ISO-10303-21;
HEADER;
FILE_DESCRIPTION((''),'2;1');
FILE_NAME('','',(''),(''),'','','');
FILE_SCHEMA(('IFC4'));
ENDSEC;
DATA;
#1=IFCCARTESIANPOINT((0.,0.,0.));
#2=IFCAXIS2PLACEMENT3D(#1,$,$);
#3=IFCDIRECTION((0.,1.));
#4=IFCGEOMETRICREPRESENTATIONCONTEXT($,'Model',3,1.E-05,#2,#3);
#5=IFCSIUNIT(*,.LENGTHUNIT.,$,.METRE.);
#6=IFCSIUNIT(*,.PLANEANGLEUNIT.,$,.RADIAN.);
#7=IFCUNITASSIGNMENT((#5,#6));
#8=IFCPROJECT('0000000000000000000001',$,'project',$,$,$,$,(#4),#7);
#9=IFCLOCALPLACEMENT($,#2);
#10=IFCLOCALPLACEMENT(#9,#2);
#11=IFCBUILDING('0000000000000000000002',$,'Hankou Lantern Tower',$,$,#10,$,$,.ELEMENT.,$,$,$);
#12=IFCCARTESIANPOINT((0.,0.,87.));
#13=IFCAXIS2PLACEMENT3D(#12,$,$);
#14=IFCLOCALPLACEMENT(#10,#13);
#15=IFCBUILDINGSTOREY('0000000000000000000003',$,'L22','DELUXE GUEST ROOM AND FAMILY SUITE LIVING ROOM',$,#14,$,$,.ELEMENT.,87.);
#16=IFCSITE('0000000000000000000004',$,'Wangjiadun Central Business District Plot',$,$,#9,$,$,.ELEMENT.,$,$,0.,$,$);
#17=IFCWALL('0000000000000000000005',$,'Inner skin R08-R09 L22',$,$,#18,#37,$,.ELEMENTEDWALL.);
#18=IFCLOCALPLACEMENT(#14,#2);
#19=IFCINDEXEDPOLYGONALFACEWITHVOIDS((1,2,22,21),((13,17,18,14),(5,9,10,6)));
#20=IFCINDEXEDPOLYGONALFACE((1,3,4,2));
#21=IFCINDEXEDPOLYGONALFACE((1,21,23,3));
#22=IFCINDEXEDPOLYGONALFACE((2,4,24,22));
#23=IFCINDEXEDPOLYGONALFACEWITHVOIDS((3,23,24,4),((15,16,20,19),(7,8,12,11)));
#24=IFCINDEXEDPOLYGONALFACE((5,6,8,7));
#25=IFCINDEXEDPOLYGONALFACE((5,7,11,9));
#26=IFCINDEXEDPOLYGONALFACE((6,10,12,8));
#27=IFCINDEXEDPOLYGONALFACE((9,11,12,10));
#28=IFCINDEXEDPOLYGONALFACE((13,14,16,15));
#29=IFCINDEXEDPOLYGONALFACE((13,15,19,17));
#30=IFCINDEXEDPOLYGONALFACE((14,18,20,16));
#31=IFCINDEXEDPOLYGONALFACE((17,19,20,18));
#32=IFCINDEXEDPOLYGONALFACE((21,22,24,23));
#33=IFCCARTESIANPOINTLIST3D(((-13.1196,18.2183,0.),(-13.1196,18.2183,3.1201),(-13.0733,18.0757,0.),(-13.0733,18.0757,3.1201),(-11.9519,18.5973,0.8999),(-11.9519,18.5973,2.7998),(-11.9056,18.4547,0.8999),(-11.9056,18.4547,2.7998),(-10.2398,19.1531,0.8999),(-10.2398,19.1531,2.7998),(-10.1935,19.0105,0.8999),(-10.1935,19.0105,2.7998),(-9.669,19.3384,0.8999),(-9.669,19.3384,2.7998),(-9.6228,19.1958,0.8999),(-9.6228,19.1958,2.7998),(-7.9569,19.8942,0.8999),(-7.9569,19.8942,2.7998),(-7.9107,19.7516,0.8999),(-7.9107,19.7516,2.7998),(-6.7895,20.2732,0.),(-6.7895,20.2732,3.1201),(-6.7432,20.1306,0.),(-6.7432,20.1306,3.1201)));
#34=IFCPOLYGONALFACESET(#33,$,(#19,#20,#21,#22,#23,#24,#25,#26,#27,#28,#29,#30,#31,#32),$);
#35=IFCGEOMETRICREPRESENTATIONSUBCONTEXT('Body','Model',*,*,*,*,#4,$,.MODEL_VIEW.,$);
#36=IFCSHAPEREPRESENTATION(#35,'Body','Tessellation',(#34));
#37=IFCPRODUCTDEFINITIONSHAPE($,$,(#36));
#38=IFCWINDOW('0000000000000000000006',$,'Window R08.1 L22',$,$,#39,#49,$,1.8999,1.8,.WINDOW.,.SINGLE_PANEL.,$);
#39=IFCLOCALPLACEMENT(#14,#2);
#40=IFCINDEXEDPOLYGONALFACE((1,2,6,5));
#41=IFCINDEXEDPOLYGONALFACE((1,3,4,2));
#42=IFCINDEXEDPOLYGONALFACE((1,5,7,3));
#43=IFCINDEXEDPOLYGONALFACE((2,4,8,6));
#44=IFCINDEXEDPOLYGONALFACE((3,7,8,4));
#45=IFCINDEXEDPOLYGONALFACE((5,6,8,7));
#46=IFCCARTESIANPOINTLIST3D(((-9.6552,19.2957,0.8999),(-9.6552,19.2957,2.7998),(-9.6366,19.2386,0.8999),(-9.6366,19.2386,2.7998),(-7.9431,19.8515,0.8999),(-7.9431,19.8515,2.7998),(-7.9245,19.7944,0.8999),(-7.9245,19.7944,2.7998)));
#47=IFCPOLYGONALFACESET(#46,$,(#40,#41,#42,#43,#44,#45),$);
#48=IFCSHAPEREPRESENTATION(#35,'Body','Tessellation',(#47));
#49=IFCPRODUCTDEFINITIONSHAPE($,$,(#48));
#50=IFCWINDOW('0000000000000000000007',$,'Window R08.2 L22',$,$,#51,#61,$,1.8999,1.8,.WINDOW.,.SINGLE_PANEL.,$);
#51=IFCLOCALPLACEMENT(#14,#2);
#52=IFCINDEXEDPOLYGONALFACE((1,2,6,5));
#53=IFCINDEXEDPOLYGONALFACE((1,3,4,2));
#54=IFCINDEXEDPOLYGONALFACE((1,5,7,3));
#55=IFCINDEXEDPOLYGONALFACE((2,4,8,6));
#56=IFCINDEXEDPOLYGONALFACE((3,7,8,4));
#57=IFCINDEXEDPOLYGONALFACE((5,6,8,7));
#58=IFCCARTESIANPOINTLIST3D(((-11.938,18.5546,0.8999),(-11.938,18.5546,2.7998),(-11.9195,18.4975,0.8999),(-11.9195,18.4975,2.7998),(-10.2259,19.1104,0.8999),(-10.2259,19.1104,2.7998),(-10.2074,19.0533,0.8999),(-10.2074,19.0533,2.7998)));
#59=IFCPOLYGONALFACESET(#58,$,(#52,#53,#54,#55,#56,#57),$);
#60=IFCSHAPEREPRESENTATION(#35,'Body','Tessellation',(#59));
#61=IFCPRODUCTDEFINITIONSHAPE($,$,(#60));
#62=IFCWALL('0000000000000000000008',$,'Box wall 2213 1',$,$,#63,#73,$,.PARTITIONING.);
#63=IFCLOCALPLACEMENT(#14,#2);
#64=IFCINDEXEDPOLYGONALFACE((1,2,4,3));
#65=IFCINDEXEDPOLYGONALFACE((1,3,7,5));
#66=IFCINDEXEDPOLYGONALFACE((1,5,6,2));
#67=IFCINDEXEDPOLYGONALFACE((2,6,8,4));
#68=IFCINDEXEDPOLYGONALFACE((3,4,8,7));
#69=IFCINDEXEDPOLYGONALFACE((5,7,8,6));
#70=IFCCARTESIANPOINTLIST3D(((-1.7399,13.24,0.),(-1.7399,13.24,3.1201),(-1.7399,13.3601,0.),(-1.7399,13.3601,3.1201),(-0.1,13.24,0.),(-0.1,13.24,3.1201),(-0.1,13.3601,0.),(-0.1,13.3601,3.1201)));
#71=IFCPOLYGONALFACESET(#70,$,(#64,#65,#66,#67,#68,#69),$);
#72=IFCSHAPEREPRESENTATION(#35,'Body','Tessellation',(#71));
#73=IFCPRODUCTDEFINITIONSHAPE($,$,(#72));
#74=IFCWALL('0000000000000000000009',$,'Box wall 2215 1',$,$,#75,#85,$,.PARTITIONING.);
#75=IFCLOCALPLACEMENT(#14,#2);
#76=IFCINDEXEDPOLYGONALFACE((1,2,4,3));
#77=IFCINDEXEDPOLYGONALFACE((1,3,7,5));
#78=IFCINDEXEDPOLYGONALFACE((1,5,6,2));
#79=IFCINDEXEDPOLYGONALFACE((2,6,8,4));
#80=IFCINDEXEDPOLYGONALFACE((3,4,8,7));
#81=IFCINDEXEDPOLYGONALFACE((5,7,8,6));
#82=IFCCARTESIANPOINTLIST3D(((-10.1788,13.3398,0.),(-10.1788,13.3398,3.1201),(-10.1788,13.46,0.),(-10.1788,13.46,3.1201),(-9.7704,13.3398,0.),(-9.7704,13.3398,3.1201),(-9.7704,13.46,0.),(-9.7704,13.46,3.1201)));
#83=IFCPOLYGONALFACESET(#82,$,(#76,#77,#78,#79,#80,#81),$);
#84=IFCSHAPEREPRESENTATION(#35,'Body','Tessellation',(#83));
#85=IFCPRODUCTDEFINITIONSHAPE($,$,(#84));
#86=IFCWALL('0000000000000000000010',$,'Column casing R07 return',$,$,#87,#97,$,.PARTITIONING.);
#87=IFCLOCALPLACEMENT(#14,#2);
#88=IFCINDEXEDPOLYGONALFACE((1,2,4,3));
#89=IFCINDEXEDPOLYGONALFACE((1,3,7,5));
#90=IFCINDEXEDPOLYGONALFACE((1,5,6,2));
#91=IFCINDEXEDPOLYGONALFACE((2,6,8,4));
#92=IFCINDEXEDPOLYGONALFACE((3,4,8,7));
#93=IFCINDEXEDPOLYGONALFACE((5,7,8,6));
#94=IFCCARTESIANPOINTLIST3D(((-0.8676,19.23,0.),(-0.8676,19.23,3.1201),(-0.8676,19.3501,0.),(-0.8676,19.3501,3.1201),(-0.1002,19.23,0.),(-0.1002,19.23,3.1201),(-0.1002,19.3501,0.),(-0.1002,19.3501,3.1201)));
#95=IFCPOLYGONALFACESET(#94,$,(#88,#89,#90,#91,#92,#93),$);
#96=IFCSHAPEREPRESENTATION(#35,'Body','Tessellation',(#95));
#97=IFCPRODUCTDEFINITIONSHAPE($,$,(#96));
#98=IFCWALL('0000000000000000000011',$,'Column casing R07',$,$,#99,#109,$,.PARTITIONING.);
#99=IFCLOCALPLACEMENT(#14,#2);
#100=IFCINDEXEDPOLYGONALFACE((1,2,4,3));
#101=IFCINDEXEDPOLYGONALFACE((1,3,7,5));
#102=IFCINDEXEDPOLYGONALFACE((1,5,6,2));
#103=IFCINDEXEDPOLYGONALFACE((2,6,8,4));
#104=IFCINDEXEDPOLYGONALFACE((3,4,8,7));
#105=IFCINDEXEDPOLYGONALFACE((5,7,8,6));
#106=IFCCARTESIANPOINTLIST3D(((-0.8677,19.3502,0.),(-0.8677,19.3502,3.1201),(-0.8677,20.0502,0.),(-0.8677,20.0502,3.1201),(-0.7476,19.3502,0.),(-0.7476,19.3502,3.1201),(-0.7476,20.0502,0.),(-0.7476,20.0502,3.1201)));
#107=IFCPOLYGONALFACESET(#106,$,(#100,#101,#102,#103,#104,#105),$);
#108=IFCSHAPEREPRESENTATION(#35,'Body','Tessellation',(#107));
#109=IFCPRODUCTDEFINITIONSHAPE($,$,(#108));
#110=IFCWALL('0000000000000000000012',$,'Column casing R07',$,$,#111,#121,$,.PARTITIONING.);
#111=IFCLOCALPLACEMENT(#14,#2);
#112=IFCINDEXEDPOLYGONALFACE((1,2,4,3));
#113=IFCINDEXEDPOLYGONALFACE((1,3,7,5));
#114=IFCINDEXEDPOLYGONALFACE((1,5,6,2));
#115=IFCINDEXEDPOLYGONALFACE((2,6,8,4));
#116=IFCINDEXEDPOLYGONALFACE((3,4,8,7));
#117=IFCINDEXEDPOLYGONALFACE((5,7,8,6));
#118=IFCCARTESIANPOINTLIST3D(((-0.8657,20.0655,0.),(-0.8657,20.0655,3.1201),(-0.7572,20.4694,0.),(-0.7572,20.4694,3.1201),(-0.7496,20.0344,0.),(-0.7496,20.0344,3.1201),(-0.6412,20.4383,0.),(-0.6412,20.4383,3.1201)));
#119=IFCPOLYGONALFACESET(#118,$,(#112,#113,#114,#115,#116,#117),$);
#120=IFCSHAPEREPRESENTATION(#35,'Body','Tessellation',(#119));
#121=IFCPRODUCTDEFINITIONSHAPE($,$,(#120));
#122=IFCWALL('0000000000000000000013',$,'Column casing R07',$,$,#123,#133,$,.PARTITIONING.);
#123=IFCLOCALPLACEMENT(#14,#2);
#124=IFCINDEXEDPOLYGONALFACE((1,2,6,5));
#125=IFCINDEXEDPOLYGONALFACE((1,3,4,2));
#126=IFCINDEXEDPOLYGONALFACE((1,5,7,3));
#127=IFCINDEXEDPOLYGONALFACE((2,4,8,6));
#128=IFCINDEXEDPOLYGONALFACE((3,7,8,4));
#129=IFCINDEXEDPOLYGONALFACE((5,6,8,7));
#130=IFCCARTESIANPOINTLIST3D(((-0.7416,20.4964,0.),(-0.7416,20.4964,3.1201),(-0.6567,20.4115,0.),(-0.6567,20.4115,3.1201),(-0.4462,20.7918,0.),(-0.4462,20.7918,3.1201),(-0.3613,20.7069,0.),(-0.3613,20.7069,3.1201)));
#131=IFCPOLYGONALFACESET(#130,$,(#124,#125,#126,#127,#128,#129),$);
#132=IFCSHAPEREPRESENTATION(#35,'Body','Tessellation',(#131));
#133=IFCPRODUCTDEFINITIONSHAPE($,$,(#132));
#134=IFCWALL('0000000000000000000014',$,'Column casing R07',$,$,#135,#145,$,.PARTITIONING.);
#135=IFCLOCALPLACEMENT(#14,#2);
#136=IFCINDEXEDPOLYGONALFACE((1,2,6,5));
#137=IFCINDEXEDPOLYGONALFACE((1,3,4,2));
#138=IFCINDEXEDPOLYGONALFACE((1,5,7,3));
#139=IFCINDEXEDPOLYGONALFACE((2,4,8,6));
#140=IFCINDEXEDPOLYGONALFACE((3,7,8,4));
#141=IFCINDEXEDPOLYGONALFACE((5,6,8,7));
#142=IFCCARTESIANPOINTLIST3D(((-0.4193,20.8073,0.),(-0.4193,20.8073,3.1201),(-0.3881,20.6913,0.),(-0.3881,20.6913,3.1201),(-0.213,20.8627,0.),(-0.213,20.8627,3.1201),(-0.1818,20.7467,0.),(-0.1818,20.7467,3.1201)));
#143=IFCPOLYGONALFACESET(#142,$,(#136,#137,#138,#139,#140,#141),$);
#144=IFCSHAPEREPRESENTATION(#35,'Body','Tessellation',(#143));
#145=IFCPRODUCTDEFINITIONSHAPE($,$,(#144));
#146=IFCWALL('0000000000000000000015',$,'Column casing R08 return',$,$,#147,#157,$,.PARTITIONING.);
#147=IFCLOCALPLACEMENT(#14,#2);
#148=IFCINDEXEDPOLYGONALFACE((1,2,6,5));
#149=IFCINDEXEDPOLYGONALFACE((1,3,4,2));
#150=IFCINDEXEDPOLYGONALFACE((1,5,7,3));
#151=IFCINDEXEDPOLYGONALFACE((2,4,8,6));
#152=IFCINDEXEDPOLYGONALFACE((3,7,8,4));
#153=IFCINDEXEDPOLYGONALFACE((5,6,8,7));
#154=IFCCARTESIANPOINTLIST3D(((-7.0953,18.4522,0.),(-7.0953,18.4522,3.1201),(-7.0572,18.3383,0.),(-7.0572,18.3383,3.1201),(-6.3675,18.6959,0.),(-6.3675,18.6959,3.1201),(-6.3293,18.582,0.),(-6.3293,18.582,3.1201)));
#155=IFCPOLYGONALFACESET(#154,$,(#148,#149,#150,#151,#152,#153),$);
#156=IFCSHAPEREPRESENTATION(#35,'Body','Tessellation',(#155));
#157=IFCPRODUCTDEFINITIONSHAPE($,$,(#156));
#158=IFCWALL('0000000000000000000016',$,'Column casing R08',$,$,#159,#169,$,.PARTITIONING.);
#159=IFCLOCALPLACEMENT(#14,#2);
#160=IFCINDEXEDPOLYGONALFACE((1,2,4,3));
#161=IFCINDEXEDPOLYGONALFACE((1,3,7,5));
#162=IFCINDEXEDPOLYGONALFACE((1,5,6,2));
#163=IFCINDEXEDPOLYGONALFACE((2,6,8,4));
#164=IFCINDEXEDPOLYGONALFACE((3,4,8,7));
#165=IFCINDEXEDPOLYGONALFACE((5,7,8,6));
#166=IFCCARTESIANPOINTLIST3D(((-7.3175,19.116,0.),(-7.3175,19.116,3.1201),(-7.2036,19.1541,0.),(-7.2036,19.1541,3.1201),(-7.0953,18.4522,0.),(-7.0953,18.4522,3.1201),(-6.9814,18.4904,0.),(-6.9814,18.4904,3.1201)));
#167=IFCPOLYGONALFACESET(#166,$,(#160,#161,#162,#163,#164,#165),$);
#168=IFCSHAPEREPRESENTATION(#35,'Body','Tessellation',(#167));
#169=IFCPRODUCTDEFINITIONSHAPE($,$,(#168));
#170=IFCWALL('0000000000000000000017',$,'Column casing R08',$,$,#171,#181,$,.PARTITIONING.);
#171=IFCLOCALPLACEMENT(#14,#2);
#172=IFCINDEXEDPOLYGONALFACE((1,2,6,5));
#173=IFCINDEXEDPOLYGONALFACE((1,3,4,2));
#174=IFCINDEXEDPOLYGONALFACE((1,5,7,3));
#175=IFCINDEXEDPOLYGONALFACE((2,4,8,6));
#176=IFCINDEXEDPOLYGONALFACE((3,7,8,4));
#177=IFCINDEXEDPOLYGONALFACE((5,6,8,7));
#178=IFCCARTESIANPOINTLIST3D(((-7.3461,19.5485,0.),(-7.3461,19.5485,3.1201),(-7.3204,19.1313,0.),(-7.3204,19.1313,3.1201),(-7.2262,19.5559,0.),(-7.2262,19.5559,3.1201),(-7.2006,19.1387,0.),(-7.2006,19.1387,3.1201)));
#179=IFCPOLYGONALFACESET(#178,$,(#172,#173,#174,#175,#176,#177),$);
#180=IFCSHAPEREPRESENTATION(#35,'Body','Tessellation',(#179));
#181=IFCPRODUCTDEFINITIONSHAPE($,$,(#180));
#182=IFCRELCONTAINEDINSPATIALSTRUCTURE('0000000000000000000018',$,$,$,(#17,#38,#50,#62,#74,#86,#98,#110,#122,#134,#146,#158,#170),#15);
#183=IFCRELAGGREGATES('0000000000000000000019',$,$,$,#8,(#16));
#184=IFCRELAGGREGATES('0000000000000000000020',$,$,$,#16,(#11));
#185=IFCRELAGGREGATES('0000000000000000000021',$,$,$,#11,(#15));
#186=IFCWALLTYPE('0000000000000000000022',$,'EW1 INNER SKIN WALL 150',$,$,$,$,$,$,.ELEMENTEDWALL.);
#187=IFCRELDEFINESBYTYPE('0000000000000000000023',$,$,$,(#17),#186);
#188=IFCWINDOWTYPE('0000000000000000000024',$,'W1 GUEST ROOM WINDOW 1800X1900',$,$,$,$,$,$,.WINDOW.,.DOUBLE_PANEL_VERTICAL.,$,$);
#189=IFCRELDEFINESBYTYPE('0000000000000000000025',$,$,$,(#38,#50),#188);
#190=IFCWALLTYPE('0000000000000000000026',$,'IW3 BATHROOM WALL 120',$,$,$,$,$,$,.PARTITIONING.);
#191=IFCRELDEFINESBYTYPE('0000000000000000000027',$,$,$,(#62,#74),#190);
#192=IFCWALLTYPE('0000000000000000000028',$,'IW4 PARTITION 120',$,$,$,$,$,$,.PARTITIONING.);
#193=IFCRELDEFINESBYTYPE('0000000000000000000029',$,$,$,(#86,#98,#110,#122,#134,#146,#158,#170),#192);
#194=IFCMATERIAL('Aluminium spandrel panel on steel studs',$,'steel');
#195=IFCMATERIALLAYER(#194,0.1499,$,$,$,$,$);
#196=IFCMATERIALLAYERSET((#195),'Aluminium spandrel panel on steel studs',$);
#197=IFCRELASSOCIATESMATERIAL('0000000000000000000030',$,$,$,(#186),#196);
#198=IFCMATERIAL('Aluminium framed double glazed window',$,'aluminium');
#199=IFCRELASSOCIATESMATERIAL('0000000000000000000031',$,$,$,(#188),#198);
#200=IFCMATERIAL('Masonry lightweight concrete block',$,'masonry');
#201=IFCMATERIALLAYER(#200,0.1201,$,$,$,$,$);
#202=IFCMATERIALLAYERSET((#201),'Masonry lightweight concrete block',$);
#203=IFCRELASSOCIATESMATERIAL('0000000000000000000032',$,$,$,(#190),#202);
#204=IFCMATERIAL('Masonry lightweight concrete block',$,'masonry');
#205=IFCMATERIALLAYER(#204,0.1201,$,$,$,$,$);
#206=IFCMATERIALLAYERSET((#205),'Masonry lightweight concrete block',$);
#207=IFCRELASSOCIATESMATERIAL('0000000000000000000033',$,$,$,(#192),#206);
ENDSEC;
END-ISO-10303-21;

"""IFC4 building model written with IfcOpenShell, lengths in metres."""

from ifc_helpers import new_model, si_unit, direction, frame, frame_2d, origin, place, context, subcontext, project, spatial, rectangle, extrude, material, layer, layer_set, type_object, element, fill, save


model = new_model("IFC4")

# Units and contexts
model_context = context("Model", 3, precision=1e-05, world=origin(), true_north=direction((0.0, 1.0)))
body_context = subcontext(model_context, "Body", "Model", "MODEL_VIEW")
ifc_project = project(units=[si_unit("LENGTHUNIT", "METRE"), si_unit("PLANEANGLEUNIT", "RADIAN")], contexts=[model_context])

# Site, building, storey
site_placement = place(None, origin())
site = spatial("IfcSite", under=ifc_project, at=site_placement, Name="Wangjiadun Central Business District Plot", CompositionType="ELEMENT", RefElevation=0.0)
building_placement = place(site_placement, origin())
building = spatial("IfcBuilding", under=site, at=building_placement, Name="Hankou Lantern Tower", CompositionType="ELEMENT")
storey_placement = place(building_placement, frame((0.0, 0.0, 87.0)))
storey = spatial("IfcBuildingStorey", under=building, at=storey_placement, Name="L22", Description="DELUXE GUEST ROOM AND FAMILY SUITE LIVING ROOM", CompositionType="ELEMENT", Elevation=87.0)

# Wall, openings, windows
ifc_material_1 = material(Name="Aluminium spandrel panel on steel studs", Category="steel")
ifc_layer_1 = layer(ifc_material_1, 0.1499)
ifc_layer_set_1 = layer_set([ifc_layer_1], Name="Aluminium spandrel panel on steel studs")
wall_type_1 = type_object("IfcWallType", Name="EW1 INNER SKIN WALL 150", PredefinedType="ELEMENTEDWALL", material=ifc_layer_set_1)
wall_1_placement = place(storey_placement, frame((-6.7664, 20.2019, 0.0), z_axis=(0.0, 0.0, 1.0), x_axis=(-0.951138, -0.308768, 0.0)))
wall_1 = element("IfcWall", 1, at=wall_1_placement, inside=storey, type_object=wall_type_1, Name="Inner skin R08-R09 L22", PredefinedType="ELEMENTEDWALL", context=body_context, shape_type="SweptSolid", body=[
    extrude(rectangle(XDim=6.6553, YDim=0.1499, at=frame_2d((3.3276, 0.0))), origin(), (0.0, 0.0, 1.0), 3.1201),
])
opening_1_placement = place(wall_1_placement, frame((1.2275, 0.0, 0.8999)))
opening_1 = element("IfcOpeningElement", 2, at=opening_1_placement, cuts=wall_1, PredefinedType="OPENING", context=body_context, shape_type="SweptSolid", body=[
    extrude(rectangle(XDim=1.8, YDim=1.8999, at=frame_2d((0.8999, 0.95))), frame((0.0, 0.085, 0.0), z_axis=(0.0, -1.0, 0.0), x_axis=(1.0, 0.0, 0.0)), (0.0, 0.0, 1.0), 0.1699),
])
opening_2_placement = place(wall_1_placement, frame((3.6277, 0.0, 0.8999)))
opening_2 = element("IfcOpeningElement", 3, at=opening_2_placement, cuts=wall_1, PredefinedType="OPENING", context=body_context, shape_type="SweptSolid", body=[
    extrude(rectangle(XDim=1.8, YDim=1.8999, at=frame_2d((0.8999, 0.95))), frame((0.0, 0.085, 0.0), z_axis=(0.0, -1.0, 0.0), x_axis=(1.0, 0.0, 0.0)), (0.0, 0.0, 1.0), 0.1699),
])
ifc_material_2 = material(Name="Aluminium framed double glazed window", Category="aluminium")
window_type = type_object("IfcWindowType", Name="W1 GUEST ROOM WINDOW 1800X1900", PartitioningType="DOUBLE_PANEL_VERTICAL", PredefinedType="WINDOW", material=ifc_material_2)
window_1_placement = place(opening_1_placement, origin())
window_1 = element("IfcWindow", 4, at=window_1_placement, inside=storey, type_object=window_type, Name="Window R08.1 L22", OverallHeight=1.8999, OverallWidth=1.8, PartitioningType="SINGLE_PANEL", PredefinedType="WINDOW", context=body_context, shape_type="SweptSolid", body=[
    extrude(rectangle(XDim=1.8, YDim=1.8999, at=frame_2d((0.8999, 0.95))), frame((0.0, 0.03, 0.0), z_axis=(0.0, -1.0, 0.0), x_axis=(1.0, 0.0, 0.0)), (0.0, 0.0, 1.0), 0.0601),
])
fill(opening_1, window_1)
window_2_placement = place(opening_2_placement, origin())
window_2 = element("IfcWindow", 5, at=window_2_placement, inside=storey, type_object=window_type, Name="Window R08.2 L22", OverallHeight=1.8999, OverallWidth=1.8, PartitioningType="SINGLE_PANEL", PredefinedType="WINDOW", context=body_context, shape_type="SweptSolid", body=[
    extrude(rectangle(XDim=1.8, YDim=1.8999, at=frame_2d((0.8999, 0.95))), frame((0.0, 0.03, 0.0), z_axis=(0.0, -1.0, 0.0), x_axis=(1.0, 0.0, 0.0)), (0.0, 0.0, 1.0), 0.0601),
])
fill(opening_2, window_2)

# Walls
ifc_material_3 = material(Name="Masonry lightweight concrete block", Category="masonry")
ifc_layer_2 = layer(ifc_material_3, 0.1201)
ifc_layer_set_2 = layer_set([ifc_layer_2], Name="Masonry lightweight concrete block")
wall_type_2 = type_object("IfcWallType", Name="IW3 BATHROOM WALL 120", PredefinedType="PARTITIONING", material=ifc_layer_set_2)
wall_2_placement = place(storey_placement, frame((-0.1001, 13.3, 0.0), z_axis=(0.0, 0.0, 1.0), x_axis=(-1.0, 0.0, 0.0)))
element("IfcWall", 6, at=wall_2_placement, inside=storey, type_object=wall_type_2, Name="Box wall 2213 1", PredefinedType="PARTITIONING", context=body_context, shape_type="SweptSolid", body=[
    extrude(rectangle(XDim=1.6399, YDim=0.1201, at=frame_2d((0.8198, 0.0))), origin(), (0.0, 0.0, 1.0), 3.1201),
])
wall_3_placement = place(storey_placement, frame((-9.7705, 13.3999, 0.0), z_axis=(0.0, 0.0, 1.0), x_axis=(-1.0, 0.0, 0.0)))
element("IfcWall", 7, at=wall_3_placement, inside=storey, type_object=wall_type_2, Name="Box wall 2215 1", PredefinedType="PARTITIONING", context=body_context, shape_type="SweptSolid", body=[
    extrude(rectangle(XDim=0.4084, YDim=0.1201, at=frame_2d((0.2041, 0.0))), origin(), (0.0, 0.0, 1.0), 3.1201),
])
ifc_material_4 = material(Name="Masonry lightweight concrete block", Category="masonry")
ifc_layer_3 = layer(ifc_material_4, 0.1201)
ifc_layer_set_3 = layer_set([ifc_layer_3], Name="Masonry lightweight concrete block")
wall_type_3 = type_object("IfcWallType", Name="IW4 PARTITION 120", PredefinedType="PARTITIONING", material=ifc_layer_set_3)
wall_4_placement = place(storey_placement, frame((-0.1001, 19.29, 0.0), z_axis=(0.0, 0.0, 1.0), x_axis=(-1.0, 0.0, 0.0)))
element("IfcWall", 8, at=wall_4_placement, inside=storey, type_object=wall_type_3, Name="Column casing R07 return", PredefinedType="PARTITIONING", context=body_context, shape_type="SweptSolid", body=[
    extrude(rectangle(XDim=0.7673, YDim=0.1201, at=frame_2d((0.3838, 0.0))), origin(), (0.0, 0.0, 1.0), 3.1201),
])
wall_5_placement = place(storey_placement, frame((-0.8076, 19.3501, 0.0), z_axis=(0.0, 0.0, 1.0), x_axis=(0.0, 1.0, 0.0)))
element("IfcWall", 9, at=wall_5_placement, inside=storey, type_object=wall_type_3, Name="Column casing R07", PredefinedType="PARTITIONING", context=body_context, shape_type="SweptSolid", body=[
    extrude(rectangle(XDim=0.7, YDim=0.1201, at=frame_2d((0.3501, 0.0))), origin(), (0.0, 0.0, 1.0), 3.1201),
])
wall_6_placement = place(storey_placement, frame((-0.8076, 20.05, 0.0), z_axis=(0.0, 0.0, 1.0), x_axis=(0.259261, 0.965807, 0.0)))
element("IfcWall", 10, at=wall_6_placement, inside=storey, type_object=wall_type_3, Name="Column casing R07", PredefinedType="PARTITIONING", context=body_context, shape_type="SweptSolid", body=[
    extrude(rectangle(XDim=0.4182, YDim=0.1201, at=frame_2d((0.209, 0.0))), origin(), (0.0, 0.0, 1.0), 3.1201),
])
wall_7_placement = place(storey_placement, frame((-0.6992, 20.4539, 0.0), z_axis=(0.0, 0.0, 1.0), x_axis=(0.707107, 0.707107, 0.0)))
element("IfcWall", 11, at=wall_7_placement, inside=storey, type_object=wall_type_3, Name="Column casing R07", PredefinedType="PARTITIONING", context=body_context, shape_type="SweptSolid", body=[
    extrude(rectangle(XDim=0.4177, YDim=0.1201, at=frame_2d((0.209, 0.0))), origin(), (0.0, 0.0, 1.0), 3.1201),
])
wall_8_placement = place(storey_placement, frame((-0.4038, 20.7493, 0.0), z_axis=(0.0, 0.0, 1.0), x_axis=(0.965759, 0.259441, 0.0)))
element("IfcWall", 12, at=wall_8_placement, inside=storey, type_object=wall_type_3, Name="Column casing R07", PredefinedType="PARTITIONING", context=body_context, shape_type="SweptSolid", body=[
    extrude(rectangle(XDim=0.2136, YDim=0.1201, at=frame_2d((0.1069, 0.0))), origin(), (0.0, 0.0, 1.0), 3.1201),
])
wall_9_placement = place(storey_placement, frame((-6.3484, 18.6389, 0.0), z_axis=(0.0, 0.0, 1.0), x_axis=(-0.948269, -0.317468, 0.0)))
element("IfcWall", 13, at=wall_9_placement, inside=storey, type_object=wall_type_3, Name="Column casing R08 return", PredefinedType="PARTITIONING", context=body_context, shape_type="SweptSolid", body=[
    extrude(rectangle(XDim=0.7676, YDim=0.1201, at=frame_2d((0.3838, 0.0))), origin(), (0.0, 0.0, 1.0), 3.1201),
])
wall_10_placement = place(storey_placement, frame((-7.0383, 18.4712, 0.0), z_axis=(0.0, 0.0, 1.0), x_axis=(-0.317378, 0.948299, 0.0)))
element("IfcWall", 14, at=wall_10_placement, inside=storey, type_object=wall_type_3, Name="Column casing R08", PredefinedType="PARTITIONING", context=body_context, shape_type="SweptSolid", body=[
    extrude(rectangle(XDim=0.7, YDim=0.1201, at=frame_2d((0.3501, 0.0))), origin(), (0.0, 0.0, 1.0), 3.1201),
])
wall_11_placement = place(storey_placement, frame((-7.2605, 19.135, 0.0), z_axis=(0.0, 0.0, 1.0), x_axis=(-0.061324, 0.998118, 0.0)))
element("IfcWall", 15, at=wall_11_placement, inside=storey, type_object=wall_type_3, Name="Column casing R08", PredefinedType="PARTITIONING", context=body_context, shape_type="SweptSolid", body=[
    extrude(rectangle(XDim=0.418, YDim=0.1201, at=frame_2d((0.209, 0.0))), origin(), (0.0, 0.0, 1.0), 3.1201),
])

save(model, "model.ifc")
